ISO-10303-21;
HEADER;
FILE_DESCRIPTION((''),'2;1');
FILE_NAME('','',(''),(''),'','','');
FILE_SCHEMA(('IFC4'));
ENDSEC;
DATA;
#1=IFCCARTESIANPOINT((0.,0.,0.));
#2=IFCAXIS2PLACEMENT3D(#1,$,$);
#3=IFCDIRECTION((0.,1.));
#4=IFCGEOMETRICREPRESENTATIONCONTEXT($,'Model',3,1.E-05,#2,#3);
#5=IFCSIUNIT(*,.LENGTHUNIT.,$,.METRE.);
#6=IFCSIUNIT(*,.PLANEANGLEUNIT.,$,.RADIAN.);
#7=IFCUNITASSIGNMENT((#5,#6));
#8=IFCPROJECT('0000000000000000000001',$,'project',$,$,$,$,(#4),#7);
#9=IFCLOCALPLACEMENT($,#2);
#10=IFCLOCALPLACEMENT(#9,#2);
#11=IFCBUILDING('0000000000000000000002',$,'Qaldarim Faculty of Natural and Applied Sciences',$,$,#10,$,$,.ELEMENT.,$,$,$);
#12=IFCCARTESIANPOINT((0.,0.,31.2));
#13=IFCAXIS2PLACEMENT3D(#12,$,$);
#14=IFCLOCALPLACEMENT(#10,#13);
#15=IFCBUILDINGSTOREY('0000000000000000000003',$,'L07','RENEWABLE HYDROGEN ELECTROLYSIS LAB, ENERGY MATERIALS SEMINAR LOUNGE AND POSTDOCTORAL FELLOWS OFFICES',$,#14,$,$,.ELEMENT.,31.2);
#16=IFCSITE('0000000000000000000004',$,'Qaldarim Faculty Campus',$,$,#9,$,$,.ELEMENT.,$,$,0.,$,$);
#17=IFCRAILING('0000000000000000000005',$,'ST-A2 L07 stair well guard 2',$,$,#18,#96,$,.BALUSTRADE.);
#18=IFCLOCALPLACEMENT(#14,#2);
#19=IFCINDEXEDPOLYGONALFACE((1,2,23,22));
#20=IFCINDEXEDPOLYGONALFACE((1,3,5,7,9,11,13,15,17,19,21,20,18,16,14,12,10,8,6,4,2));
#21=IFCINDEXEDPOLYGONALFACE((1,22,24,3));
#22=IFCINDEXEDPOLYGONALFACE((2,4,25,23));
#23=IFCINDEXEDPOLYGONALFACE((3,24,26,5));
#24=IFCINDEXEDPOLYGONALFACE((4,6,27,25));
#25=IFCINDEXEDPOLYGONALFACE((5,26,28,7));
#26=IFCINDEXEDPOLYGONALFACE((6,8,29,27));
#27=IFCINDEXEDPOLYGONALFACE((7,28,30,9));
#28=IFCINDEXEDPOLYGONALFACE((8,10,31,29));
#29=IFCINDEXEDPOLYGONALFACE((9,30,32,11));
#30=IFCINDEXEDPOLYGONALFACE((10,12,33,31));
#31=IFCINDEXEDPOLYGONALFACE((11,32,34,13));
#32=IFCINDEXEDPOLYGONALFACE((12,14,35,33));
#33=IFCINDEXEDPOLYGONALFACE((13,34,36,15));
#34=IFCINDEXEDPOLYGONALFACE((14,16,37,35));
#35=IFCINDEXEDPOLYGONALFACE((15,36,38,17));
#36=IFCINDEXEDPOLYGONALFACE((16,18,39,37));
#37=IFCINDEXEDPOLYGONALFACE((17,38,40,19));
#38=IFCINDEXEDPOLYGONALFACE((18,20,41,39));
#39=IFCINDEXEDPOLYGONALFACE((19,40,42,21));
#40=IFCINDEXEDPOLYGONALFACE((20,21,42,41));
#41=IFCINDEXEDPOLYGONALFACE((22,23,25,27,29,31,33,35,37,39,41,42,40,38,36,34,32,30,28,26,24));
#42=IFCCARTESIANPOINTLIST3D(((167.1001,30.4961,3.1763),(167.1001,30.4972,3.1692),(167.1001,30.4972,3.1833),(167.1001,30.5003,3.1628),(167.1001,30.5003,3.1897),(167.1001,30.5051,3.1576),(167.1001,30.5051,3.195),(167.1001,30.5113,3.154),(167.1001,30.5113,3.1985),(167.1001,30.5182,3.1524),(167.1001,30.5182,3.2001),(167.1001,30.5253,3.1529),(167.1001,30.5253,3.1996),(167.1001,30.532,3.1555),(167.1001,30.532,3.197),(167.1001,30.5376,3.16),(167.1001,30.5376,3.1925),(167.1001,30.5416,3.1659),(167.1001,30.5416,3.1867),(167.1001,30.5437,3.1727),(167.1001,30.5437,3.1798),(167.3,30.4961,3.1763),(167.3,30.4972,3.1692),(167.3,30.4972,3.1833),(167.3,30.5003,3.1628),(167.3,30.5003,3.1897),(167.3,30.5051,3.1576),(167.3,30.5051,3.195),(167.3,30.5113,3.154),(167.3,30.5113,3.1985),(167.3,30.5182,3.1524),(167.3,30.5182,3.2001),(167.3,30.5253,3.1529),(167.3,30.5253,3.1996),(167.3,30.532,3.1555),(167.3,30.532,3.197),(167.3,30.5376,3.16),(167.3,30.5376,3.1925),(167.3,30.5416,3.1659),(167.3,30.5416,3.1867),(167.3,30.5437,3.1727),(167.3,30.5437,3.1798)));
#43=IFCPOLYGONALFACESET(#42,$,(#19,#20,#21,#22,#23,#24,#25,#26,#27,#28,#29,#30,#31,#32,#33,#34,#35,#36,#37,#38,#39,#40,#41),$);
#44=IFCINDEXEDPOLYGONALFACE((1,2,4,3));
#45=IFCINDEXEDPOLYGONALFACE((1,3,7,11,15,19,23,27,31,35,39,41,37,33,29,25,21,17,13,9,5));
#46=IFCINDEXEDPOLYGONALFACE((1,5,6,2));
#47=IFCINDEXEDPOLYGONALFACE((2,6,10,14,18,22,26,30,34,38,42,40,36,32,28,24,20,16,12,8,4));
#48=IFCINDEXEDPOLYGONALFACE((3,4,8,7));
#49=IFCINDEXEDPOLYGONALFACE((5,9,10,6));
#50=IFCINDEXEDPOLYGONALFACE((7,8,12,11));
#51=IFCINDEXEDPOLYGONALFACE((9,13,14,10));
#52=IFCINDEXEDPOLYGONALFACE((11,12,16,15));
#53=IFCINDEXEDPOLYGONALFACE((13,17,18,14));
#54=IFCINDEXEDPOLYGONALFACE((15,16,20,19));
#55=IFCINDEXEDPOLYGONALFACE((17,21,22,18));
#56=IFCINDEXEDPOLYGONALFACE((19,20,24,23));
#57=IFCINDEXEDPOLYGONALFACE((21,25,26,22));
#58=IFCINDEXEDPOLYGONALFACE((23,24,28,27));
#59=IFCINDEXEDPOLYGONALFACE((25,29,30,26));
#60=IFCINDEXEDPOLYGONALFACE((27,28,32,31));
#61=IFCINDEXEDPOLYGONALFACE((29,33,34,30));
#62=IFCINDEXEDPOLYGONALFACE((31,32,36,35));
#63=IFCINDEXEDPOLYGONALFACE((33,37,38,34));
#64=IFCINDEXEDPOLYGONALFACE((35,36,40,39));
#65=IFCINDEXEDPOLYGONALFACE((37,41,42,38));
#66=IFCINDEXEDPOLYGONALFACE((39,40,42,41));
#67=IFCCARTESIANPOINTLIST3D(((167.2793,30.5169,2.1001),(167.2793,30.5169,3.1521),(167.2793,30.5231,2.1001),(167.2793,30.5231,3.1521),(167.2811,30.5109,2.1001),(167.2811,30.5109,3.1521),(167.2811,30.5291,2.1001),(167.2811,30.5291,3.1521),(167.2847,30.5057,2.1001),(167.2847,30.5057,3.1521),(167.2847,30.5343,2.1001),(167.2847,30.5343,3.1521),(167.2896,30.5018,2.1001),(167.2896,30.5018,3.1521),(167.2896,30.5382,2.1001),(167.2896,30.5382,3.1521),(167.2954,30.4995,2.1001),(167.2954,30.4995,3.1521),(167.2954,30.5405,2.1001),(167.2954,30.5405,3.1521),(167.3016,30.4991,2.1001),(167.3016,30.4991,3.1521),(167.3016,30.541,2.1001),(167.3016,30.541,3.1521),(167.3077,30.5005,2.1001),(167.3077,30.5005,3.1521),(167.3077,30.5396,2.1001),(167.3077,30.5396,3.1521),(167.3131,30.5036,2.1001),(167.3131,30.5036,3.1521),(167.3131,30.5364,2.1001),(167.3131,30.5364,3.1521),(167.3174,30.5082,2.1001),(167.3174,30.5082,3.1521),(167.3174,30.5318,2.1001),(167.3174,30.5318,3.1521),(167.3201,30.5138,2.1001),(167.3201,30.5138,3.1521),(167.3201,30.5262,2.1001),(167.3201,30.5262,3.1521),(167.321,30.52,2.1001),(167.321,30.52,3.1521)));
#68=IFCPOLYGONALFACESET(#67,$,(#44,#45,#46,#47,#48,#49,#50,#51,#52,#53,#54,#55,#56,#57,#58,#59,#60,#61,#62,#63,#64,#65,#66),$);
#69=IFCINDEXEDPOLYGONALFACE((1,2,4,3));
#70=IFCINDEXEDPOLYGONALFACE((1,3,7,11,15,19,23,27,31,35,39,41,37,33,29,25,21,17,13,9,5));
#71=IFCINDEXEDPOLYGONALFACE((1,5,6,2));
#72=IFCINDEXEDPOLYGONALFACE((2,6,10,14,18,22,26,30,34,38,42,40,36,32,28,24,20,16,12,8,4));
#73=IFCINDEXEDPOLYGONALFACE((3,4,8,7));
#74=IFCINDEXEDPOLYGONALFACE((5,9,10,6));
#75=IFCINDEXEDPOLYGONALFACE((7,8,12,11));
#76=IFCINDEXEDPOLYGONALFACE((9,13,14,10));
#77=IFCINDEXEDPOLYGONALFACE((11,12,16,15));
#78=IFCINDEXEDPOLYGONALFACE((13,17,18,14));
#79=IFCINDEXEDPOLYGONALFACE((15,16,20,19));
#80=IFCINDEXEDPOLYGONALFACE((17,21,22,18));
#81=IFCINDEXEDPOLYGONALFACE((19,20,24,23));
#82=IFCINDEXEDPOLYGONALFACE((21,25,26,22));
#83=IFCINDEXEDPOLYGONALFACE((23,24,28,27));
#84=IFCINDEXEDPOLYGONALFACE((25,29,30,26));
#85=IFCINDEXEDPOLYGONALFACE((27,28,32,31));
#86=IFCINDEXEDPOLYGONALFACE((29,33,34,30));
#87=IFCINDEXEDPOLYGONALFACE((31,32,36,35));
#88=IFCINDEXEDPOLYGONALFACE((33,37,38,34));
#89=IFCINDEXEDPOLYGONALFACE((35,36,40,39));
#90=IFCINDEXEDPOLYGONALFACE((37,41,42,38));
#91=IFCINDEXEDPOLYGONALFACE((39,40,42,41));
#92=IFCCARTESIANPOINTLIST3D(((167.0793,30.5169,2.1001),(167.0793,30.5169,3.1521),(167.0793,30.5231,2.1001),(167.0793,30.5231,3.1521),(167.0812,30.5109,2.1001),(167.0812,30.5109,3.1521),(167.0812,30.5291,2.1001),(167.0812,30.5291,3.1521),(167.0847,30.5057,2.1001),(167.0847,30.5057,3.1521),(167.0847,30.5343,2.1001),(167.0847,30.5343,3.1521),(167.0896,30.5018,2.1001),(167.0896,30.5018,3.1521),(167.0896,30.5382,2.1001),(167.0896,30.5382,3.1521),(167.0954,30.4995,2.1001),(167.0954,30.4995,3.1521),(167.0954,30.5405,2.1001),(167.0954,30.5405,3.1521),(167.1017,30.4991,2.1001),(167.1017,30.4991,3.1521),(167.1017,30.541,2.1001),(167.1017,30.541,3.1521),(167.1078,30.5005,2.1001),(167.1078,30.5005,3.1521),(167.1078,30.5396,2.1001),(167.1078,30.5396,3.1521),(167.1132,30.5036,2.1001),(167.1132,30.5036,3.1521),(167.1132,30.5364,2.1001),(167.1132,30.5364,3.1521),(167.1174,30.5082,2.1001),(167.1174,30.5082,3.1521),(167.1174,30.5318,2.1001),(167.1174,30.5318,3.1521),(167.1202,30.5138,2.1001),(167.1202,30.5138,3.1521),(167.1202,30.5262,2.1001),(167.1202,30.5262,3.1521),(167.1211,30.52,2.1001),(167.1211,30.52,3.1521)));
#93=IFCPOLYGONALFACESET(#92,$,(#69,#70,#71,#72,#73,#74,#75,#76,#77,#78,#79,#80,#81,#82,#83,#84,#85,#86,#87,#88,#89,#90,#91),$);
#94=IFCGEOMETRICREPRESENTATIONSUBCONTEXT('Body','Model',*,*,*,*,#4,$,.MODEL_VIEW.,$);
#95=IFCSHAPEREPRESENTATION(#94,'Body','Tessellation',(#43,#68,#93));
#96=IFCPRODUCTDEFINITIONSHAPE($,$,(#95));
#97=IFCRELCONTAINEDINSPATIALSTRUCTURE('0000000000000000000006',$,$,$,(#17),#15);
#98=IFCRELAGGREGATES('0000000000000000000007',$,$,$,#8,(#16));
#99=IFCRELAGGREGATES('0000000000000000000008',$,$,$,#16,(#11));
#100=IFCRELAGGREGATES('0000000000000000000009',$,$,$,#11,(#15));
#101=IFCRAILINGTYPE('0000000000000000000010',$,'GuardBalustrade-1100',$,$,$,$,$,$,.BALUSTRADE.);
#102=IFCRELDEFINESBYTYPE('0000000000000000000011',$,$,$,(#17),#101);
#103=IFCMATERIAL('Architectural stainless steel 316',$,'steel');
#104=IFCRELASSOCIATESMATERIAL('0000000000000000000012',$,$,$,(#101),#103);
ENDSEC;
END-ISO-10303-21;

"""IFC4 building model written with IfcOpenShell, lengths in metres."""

from ifc_helpers import new_model, si_unit, direction, frame, origin, origin_2d, place, context, subcontext, project, spatial, circle, extrude, material, type_object, element, save


model = new_model("IFC4")

# Units and contexts
model_context = context("Model", 3, precision=1e-05, world=origin(), true_north=direction((0.0, 1.0)))
body_context = subcontext(model_context, "Body", "Model", "MODEL_VIEW")
ifc_project = project(units=[si_unit("LENGTHUNIT", "METRE"), si_unit("PLANEANGLEUNIT", "RADIAN")], contexts=[model_context])

# Site, building, storey
site_placement = place(None, origin())
site = spatial("IfcSite", under=ifc_project, at=site_placement, Name="Qaldarim Faculty Campus", CompositionType="ELEMENT", RefElevation=0.0)
building_placement = place(site_placement, origin())
building = spatial("IfcBuilding", under=site, at=building_placement, Name="Qaldarim Faculty of Natural and Applied Sciences", CompositionType="ELEMENT")
storey_placement = place(building_placement, frame((0.0, 0.0, 31.2)))
storey = spatial("IfcBuildingStorey", under=building, at=storey_placement, Name="L07", Description="RENEWABLE HYDROGEN ELECTROLYSIS LAB, ENERGY MATERIALS SEMINAR LOUNGE AND POSTDOCTORAL FELLOWS OFFICES", CompositionType="ELEMENT", Elevation=31.2)

# Shared definitions
ifc_material_1 = material(Name="Architectural stainless steel 316", Category="steel")

# Railing
railing_type_1 = type_object("IfcRailingType", Name="GuardBalustrade-1100", PredefinedType="BALUSTRADE", material=ifc_material_1)
railing_1_placement = place(storey_placement, frame((167.3, 30.52, 2.1001)))
element("IfcRailing", 1, at=railing_1_placement, inside=storey, type_object=railing_type_1, Name="ST-A2 L07 stair well guard 2", PredefinedType="BALUSTRADE", context=body_context, shape_type="SweptSolid", body=[
    extrude(circle(Radius=0.0239, at=origin_2d()), frame((0.0, 0.0, 1.0762), z_axis=(-1.0, 0.0, 0.0), x_axis=(0.0, -1.0, 0.0)), (0.0, 0.0, 1.0), 0.2),
    extrude(circle(Radius=0.021, at=origin_2d()), origin(), (0.0, 0.0, 1.0), 1.052),
    extrude(circle(Radius=0.021, at=origin_2d()), frame((-0.2, 0.0, 0.0)), (0.0, 0.0, 1.0), 1.052),
])

save(model, "model.ifc")
